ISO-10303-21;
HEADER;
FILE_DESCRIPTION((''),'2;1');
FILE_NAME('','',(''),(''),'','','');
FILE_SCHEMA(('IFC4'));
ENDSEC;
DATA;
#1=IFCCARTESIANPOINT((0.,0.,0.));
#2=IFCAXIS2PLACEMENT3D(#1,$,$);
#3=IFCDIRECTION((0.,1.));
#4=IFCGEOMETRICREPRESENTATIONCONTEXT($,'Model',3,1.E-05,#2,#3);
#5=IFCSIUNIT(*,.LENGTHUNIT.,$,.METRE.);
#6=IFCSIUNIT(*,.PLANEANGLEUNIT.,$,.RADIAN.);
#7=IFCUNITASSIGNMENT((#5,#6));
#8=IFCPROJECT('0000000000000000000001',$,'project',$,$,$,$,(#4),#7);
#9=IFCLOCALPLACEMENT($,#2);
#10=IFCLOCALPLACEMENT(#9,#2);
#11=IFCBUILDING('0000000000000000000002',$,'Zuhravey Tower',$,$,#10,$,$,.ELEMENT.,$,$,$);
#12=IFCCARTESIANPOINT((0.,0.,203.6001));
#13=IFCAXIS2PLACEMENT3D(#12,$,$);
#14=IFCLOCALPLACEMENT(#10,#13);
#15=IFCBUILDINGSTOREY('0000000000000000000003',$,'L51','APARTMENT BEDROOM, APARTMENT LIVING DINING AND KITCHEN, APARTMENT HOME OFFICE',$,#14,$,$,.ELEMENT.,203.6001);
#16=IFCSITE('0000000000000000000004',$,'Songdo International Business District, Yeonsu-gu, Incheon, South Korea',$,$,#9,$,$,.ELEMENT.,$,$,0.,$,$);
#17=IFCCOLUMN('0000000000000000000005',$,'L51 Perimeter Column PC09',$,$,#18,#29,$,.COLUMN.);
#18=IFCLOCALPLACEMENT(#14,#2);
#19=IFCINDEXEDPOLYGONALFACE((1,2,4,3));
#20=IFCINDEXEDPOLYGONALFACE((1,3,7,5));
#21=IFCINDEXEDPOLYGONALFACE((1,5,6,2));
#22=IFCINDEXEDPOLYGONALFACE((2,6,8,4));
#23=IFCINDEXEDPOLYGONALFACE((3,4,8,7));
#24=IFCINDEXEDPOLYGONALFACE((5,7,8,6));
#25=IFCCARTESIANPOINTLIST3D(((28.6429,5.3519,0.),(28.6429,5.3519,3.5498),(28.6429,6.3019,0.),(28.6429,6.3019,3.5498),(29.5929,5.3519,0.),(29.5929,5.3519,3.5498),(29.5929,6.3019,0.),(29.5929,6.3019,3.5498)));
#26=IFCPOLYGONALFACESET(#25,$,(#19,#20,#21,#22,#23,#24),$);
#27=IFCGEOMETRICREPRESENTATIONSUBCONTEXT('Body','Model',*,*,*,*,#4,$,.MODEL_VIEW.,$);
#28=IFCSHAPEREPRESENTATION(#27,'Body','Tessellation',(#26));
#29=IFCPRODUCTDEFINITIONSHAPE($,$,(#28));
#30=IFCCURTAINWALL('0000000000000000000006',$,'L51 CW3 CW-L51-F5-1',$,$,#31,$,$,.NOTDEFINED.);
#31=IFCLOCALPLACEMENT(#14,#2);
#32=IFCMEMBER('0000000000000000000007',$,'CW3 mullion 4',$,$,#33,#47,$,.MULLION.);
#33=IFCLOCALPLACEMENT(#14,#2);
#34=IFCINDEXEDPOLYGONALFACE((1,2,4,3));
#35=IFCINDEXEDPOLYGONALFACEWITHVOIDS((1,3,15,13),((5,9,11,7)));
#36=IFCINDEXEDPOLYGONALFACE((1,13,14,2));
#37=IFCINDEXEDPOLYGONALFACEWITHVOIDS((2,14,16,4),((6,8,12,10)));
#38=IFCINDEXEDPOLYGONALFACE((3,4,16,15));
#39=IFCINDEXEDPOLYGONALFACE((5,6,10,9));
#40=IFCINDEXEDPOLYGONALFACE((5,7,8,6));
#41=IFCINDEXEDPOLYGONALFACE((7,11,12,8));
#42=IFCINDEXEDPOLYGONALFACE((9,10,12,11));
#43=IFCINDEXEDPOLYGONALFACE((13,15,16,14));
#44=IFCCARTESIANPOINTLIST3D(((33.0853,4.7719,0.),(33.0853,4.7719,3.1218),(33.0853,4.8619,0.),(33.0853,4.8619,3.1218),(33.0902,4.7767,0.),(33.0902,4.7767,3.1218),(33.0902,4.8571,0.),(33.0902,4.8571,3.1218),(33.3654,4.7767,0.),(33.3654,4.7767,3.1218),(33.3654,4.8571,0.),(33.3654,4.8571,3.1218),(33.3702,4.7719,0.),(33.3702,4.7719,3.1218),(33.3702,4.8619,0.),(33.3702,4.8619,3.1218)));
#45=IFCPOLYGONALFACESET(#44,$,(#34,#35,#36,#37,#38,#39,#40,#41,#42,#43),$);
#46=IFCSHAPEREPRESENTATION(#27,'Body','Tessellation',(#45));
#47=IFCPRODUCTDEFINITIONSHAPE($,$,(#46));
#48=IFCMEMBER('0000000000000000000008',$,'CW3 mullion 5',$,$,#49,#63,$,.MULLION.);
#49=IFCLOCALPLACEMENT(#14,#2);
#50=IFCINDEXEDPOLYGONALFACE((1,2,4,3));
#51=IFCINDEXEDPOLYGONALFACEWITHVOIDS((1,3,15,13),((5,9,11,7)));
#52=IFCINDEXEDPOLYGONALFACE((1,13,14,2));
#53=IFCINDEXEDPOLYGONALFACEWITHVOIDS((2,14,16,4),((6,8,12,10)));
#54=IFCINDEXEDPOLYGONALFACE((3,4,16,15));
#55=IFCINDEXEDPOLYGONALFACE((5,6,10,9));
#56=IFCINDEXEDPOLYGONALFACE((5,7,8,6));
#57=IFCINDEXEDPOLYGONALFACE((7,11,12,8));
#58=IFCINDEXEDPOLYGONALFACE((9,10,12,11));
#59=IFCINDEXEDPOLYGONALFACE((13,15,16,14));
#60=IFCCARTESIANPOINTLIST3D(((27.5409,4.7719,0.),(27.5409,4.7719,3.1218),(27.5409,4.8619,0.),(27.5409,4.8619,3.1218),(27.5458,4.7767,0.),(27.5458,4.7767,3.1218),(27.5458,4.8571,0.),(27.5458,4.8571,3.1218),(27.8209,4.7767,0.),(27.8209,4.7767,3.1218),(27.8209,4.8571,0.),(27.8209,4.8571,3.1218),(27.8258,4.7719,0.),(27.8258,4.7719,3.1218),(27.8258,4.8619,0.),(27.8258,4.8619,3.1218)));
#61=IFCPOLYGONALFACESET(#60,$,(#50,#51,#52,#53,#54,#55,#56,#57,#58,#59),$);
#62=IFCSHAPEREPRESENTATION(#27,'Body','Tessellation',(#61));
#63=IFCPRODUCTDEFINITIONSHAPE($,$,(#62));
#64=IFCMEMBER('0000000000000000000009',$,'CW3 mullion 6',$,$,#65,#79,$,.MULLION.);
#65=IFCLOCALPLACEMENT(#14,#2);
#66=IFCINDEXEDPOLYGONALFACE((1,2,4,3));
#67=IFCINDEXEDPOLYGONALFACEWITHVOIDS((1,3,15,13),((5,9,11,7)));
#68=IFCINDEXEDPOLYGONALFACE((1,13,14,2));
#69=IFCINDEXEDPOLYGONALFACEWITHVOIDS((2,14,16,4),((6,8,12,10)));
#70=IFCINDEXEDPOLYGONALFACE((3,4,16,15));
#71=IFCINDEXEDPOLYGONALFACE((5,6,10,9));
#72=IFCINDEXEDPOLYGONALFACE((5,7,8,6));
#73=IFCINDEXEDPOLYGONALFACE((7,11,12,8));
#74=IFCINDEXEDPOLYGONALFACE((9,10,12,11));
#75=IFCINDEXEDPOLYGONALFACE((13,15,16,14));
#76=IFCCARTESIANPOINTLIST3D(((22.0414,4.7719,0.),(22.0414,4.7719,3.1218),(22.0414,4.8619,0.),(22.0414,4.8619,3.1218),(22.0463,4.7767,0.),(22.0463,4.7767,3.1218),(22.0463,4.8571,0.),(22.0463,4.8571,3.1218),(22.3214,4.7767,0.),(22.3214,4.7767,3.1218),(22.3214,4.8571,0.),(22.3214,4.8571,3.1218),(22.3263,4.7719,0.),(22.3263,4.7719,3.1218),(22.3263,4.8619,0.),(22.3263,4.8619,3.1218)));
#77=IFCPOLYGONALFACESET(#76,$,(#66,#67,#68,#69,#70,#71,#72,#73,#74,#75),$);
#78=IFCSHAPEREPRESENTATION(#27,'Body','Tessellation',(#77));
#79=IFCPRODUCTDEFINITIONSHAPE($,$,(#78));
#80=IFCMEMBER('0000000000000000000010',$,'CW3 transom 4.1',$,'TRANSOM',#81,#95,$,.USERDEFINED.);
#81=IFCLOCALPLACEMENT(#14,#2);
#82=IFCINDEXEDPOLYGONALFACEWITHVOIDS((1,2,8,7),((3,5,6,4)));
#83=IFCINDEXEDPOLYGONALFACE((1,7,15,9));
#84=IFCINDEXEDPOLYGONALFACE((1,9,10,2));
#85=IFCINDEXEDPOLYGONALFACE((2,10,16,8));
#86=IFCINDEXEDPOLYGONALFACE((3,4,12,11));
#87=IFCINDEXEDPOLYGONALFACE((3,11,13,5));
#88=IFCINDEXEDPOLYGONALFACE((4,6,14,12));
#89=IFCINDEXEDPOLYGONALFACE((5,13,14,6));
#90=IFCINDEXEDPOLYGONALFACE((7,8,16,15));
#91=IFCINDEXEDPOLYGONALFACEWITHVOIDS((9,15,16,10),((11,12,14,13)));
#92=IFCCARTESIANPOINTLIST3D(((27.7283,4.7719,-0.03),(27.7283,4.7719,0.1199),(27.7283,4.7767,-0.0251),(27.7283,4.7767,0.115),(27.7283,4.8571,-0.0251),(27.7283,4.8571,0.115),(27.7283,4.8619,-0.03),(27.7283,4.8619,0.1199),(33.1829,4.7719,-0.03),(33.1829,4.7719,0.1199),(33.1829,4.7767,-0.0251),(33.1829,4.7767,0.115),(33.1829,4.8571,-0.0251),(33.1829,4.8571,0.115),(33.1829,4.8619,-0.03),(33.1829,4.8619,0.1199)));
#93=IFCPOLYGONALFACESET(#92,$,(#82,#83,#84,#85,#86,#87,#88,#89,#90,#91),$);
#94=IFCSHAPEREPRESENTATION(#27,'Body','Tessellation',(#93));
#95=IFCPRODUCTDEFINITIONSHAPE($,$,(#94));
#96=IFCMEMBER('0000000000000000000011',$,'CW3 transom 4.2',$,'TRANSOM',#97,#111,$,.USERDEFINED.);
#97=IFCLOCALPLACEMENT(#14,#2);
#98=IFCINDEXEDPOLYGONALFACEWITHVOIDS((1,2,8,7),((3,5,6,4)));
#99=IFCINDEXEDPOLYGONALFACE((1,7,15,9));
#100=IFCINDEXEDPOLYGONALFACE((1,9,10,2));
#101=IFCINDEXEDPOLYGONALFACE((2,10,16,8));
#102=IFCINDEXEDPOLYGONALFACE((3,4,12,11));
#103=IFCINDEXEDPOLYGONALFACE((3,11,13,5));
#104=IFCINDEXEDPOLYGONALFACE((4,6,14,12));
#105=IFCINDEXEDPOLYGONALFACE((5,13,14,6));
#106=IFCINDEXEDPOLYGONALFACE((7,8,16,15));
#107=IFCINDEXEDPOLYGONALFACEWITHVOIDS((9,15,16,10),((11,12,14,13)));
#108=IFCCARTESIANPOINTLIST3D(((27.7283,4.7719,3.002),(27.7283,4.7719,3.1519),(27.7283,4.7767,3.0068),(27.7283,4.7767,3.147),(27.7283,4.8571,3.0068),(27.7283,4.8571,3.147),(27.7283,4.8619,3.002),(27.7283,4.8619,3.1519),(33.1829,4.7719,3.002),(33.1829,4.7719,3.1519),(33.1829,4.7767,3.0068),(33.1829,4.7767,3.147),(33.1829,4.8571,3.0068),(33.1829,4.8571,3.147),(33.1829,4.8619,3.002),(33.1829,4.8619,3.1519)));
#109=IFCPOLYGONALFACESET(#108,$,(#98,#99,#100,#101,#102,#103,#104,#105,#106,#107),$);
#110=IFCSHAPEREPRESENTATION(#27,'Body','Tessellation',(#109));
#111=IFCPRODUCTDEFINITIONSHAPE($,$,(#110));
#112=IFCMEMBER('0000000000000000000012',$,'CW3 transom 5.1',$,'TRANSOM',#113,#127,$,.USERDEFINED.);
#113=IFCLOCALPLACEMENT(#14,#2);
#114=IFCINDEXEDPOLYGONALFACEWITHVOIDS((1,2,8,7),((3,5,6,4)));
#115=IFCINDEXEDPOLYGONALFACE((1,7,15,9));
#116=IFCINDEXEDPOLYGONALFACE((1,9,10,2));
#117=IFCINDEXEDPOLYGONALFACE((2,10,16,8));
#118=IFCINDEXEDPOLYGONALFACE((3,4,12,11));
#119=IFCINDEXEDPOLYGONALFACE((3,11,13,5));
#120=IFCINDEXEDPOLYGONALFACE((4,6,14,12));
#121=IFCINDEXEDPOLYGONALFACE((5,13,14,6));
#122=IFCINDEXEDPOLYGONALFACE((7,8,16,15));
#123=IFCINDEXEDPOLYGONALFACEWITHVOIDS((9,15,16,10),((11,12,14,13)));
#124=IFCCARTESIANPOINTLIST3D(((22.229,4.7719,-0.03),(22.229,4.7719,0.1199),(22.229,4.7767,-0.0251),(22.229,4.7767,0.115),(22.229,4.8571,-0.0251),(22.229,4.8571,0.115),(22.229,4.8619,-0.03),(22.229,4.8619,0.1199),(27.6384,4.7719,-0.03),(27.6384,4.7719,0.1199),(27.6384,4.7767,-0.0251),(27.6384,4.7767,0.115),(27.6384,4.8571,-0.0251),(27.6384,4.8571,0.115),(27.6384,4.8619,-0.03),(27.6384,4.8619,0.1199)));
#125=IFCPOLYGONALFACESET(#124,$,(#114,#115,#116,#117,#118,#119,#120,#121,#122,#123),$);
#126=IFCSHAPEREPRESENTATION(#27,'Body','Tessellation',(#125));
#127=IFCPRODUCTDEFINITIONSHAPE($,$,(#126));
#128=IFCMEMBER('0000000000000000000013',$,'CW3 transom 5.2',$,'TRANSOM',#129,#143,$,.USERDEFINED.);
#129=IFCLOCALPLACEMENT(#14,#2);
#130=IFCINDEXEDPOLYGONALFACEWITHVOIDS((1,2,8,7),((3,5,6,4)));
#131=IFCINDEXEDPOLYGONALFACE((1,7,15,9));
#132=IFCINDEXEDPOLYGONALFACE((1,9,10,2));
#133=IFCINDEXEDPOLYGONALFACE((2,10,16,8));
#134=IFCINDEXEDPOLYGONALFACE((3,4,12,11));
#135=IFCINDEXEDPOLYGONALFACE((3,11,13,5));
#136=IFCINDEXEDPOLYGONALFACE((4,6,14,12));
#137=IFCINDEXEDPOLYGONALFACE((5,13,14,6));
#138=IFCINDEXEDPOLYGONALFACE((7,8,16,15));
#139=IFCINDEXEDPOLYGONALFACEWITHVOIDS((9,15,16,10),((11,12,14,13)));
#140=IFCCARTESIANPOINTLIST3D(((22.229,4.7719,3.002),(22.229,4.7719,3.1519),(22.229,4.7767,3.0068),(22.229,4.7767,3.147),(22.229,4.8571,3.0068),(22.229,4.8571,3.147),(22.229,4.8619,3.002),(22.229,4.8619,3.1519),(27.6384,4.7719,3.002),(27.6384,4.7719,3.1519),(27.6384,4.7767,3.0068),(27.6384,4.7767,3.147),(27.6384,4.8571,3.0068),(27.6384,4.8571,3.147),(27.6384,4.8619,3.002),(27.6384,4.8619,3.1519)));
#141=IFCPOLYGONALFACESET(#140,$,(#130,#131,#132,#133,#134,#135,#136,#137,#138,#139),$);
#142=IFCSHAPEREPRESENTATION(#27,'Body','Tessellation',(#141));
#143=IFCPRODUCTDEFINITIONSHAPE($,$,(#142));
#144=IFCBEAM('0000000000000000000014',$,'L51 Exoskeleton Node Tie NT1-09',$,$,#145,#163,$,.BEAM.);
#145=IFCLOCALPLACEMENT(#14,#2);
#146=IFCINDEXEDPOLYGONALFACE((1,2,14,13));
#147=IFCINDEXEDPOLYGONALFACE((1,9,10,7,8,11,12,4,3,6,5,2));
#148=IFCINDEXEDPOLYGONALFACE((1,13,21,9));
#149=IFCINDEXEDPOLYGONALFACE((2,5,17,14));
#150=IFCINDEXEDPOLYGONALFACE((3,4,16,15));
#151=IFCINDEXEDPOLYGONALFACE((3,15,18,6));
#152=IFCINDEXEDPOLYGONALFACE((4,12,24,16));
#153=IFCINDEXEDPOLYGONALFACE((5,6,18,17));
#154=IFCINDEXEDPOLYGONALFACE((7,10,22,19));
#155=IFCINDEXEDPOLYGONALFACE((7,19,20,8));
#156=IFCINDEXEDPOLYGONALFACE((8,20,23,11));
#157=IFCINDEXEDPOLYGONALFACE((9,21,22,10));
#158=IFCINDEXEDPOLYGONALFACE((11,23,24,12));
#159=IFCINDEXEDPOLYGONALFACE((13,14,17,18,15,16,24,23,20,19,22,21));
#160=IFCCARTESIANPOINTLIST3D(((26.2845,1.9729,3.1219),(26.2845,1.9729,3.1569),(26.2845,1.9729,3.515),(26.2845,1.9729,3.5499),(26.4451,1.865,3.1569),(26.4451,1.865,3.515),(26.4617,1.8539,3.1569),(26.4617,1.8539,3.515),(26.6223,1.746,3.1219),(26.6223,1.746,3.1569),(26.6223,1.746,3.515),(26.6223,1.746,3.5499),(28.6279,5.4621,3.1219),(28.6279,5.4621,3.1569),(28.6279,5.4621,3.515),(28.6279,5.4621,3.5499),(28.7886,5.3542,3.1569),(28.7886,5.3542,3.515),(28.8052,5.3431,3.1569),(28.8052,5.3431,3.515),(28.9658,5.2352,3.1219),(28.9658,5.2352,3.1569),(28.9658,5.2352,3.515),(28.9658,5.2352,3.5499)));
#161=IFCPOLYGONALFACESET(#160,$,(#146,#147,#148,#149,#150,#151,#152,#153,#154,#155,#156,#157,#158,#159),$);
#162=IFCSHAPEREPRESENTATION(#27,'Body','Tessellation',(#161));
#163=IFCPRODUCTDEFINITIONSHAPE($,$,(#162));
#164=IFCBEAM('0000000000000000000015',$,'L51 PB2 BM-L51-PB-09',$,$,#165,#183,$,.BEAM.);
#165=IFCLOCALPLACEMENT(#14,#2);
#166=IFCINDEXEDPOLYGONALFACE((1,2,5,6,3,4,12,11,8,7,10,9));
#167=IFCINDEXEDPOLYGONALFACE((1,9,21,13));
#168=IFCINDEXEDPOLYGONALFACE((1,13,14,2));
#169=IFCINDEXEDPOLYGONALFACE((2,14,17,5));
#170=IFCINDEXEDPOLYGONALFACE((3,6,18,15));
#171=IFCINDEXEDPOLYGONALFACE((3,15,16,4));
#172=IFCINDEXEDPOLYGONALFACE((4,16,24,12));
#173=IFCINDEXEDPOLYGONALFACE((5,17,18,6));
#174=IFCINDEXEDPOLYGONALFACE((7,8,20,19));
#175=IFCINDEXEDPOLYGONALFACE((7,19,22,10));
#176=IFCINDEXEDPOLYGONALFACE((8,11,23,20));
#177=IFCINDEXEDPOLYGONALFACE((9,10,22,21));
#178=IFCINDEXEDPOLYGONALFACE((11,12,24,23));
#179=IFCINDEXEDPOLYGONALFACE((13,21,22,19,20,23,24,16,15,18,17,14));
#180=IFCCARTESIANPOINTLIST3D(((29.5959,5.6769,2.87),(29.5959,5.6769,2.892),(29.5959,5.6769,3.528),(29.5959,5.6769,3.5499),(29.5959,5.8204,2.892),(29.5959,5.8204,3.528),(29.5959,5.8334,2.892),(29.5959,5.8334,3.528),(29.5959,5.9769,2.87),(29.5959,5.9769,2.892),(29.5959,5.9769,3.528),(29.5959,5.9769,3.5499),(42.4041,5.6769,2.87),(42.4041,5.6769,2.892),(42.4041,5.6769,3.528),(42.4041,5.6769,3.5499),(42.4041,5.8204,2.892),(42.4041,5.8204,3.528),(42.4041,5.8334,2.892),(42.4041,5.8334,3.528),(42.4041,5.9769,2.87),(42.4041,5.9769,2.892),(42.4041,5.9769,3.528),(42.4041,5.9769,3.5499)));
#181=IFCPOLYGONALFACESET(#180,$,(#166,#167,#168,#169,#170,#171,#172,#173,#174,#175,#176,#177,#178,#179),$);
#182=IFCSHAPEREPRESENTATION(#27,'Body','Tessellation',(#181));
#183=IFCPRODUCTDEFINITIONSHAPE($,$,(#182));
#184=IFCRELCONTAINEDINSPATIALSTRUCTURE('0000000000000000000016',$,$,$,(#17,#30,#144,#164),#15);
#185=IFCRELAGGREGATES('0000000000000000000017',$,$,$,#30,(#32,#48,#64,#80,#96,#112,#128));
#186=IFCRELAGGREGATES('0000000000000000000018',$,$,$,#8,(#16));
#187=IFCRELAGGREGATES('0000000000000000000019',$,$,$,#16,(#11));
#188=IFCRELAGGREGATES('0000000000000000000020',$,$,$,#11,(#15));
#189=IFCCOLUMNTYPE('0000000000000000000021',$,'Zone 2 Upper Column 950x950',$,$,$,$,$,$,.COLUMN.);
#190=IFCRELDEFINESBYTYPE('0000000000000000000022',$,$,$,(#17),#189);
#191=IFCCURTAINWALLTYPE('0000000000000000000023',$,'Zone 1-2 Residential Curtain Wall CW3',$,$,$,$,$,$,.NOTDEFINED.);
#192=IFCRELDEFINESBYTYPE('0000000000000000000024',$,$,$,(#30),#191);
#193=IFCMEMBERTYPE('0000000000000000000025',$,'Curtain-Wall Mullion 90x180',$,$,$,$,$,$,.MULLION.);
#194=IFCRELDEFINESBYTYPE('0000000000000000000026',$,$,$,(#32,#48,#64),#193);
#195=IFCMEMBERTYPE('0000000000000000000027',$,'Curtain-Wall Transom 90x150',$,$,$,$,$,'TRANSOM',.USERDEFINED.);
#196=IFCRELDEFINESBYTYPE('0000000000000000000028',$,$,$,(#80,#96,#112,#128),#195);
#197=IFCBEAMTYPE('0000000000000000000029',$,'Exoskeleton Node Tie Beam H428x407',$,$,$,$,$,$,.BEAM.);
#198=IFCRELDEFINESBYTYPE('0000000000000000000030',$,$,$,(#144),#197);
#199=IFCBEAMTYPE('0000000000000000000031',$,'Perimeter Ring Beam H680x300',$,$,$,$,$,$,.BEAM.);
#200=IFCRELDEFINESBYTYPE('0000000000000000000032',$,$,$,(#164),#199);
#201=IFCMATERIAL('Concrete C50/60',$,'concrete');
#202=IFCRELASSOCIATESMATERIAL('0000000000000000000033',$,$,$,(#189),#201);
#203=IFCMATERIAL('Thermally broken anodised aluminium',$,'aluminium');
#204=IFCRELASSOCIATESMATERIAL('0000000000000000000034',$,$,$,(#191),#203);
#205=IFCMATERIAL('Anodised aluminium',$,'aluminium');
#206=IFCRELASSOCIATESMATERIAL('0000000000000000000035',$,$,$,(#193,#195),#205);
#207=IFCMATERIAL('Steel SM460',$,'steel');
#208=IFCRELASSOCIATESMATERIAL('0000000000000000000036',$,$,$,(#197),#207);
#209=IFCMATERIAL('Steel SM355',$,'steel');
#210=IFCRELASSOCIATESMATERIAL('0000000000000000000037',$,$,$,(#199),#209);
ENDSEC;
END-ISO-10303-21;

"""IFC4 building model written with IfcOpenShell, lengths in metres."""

from ifc_helpers import new_model, si_unit, direction, frame, origin, origin_2d, place, context, subcontext, project, spatial, rectangle, hollow_rectangle, i_section, extrude, material, material_profile, profile_set, type_object, element, aggregate, save


model = new_model("IFC4")

# Units and contexts
model_context = context("Model", 3, precision=1e-05, world=origin(), true_north=direction((0.0, 1.0)))
body_context = subcontext(model_context, "Body", "Model", "MODEL_VIEW")
ifc_project = project(units=[si_unit("LENGTHUNIT", "METRE"), si_unit("PLANEANGLEUNIT", "RADIAN")], contexts=[model_context])

# Site, building, storey
site_placement = place(None, origin())
site = spatial("IfcSite", under=ifc_project, at=site_placement, Name="Songdo International Business District, Yeonsu-gu, Incheon, South Korea", CompositionType="ELEMENT", RefElevation=0.0)
building_placement = place(site_placement, origin())
building = spatial("IfcBuilding", under=site, at=building_placement, Name="Zuhravey Tower", CompositionType="ELEMENT")
storey_placement = place(building_placement, frame((0.0, 0.0, 203.6001)))
storey = spatial("IfcBuildingStorey", under=building, at=storey_placement, Name="L51", Description="APARTMENT BEDROOM, APARTMENT LIVING DINING AND KITCHEN, APARTMENT HOME OFFICE", CompositionType="ELEMENT", Elevation=203.6001)

# Column
ifc_material_1 = material(Name="Concrete C50/60", Category="concrete")
ifc_material_profile_1 = material_profile(ifc_material_1, rectangle(XDim=0.95, YDim=0.95, at=origin_2d()), Name="RC-950x950")
ifc_profile_set_1 = profile_set([ifc_material_profile_1], Name="Concrete C50/60")
column_type = type_object("IfcColumnType", Name="Zone 2 Upper Column 950x950", PredefinedType="COLUMN", material=ifc_profile_set_1)
column_placement = place(storey_placement, frame((29.1179, 5.8269, 0.0), z_axis=(0.0, 0.0, 1.0), x_axis=(1.0, 0.0, 0.0)))
element("IfcColumn", 1, at=column_placement, inside=storey, type_object=column_type, Name="L51 Perimeter Column PC09", PredefinedType="COLUMN", context=body_context, shape_type="SweptSolid", body=[
    extrude(rectangle(XDim=0.95, YDim=0.95, at=origin_2d()), origin(), (0.0, 0.0, 1.0), 3.5498),
])

# Curtain wall, members
ifc_material_2 = material(Name="Thermally broken anodised aluminium", Category="aluminium")
curtain_wall_type = type_object("IfcCurtainWallType", Name="Zone 1-2 Residential Curtain Wall CW3", PredefinedType="NOTDEFINED", material=ifc_material_2)
curtain_wall_placement = place(storey_placement, origin())
curtain_wall = element("IfcCurtainWall", 2, at=curtain_wall_placement, inside=storey, type_object=curtain_wall_type, Name="L51 CW3 CW-L51-F5-1", PredefinedType="NOTDEFINED")
ifc_material_3 = material(Name="Anodised aluminium", Category="aluminium")
ifc_material_profile_2 = material_profile(ifc_material_3, hollow_rectangle(XDim=0.0901, YDim=0.2849, WallThickness=0.0049, at=origin_2d()), Name="ALU-RHS-90x285x5")
ifc_profile_set_2 = profile_set([ifc_material_profile_2], Name="Anodised aluminium")
member_type_1 = type_object("IfcMemberType", Name="Curtain-Wall Mullion 90x180", PredefinedType="MULLION", material=ifc_profile_set_2)
member_1_placement = place(storey_placement, frame((33.2278, 4.8169, 0.0), z_axis=(0.0, 0.0, 1.0), x_axis=(0.0, -1.0, 0.0)))
member_1 = element("IfcMember", 3, at=member_1_placement, type_object=member_type_1, Name="CW3 mullion 4", PredefinedType="MULLION", context=body_context, shape_type="SweptSolid", body=[
    extrude(hollow_rectangle(XDim=0.0901, YDim=0.2849, WallThickness=0.0049, at=origin_2d()), origin(), (0.0, 0.0, 1.0), 3.1218),
])
member_2_placement = place(storey_placement, frame((27.6833, 4.8169, 0.0), z_axis=(0.0, 0.0, 1.0), x_axis=(0.0, -1.0, 0.0)))
member_2 = element("IfcMember", 4, at=member_2_placement, type_object=member_type_1, Name="CW3 mullion 5", PredefinedType="MULLION", context=body_context, shape_type="SweptSolid", body=[
    extrude(hollow_rectangle(XDim=0.0901, YDim=0.2849, WallThickness=0.0049, at=origin_2d()), origin(), (0.0, 0.0, 1.0), 3.1218),
])
member_3_placement = place(storey_placement, frame((22.1838, 4.8169, 0.0), z_axis=(0.0, 0.0, 1.0), x_axis=(0.0, -1.0, 0.0)))
member_3 = element("IfcMember", 5, at=member_3_placement, type_object=member_type_1, Name="CW3 mullion 6", PredefinedType="MULLION", context=body_context, shape_type="SweptSolid", body=[
    extrude(hollow_rectangle(XDim=0.0901, YDim=0.2849, WallThickness=0.0049, at=origin_2d()), origin(), (0.0, 0.0, 1.0), 3.1218),
])
ifc_material_profile_3 = material_profile(ifc_material_3, hollow_rectangle(XDim=0.0901, YDim=0.1499, WallThickness=0.0049, at=origin_2d()), Name="ALU-RHS-90x150x5")
ifc_profile_set_3 = profile_set([ifc_material_profile_3], Name="Anodised aluminium")
member_type_2 = type_object("IfcMemberType", Name="Curtain-Wall Transom 90x150", ElementType="TRANSOM", PredefinedType="USERDEFINED", material=ifc_profile_set_3)
member_4_placement = place(storey_placement, frame((33.1829, 4.8169, 0.0449), z_axis=(-1.0, 0.0, 0.0), x_axis=(0.0, -1.0, 0.0)))
member_4 = element("IfcMember", 6, at=member_4_placement, type_object=member_type_2, Name="CW3 transom 4.1", ObjectType="TRANSOM", PredefinedType="USERDEFINED", context=body_context, shape_type="SweptSolid", body=[
    extrude(hollow_rectangle(XDim=0.0901, YDim=0.1499, WallThickness=0.0049, at=origin_2d()), origin(), (0.0, 0.0, 1.0), 5.4546),
])
member_5_placement = place(storey_placement, frame((33.1829, 4.8169, 3.0769), z_axis=(-1.0, 0.0, 0.0), x_axis=(0.0, -1.0, 0.0)))
member_5 = element("IfcMember", 7, at=member_5_placement, type_object=member_type_2, Name="CW3 transom 4.2", ObjectType="TRANSOM", PredefinedType="USERDEFINED", context=body_context, shape_type="SweptSolid", body=[
    extrude(hollow_rectangle(XDim=0.0901, YDim=0.1499, WallThickness=0.0049, at=origin_2d()), origin(), (0.0, 0.0, 1.0), 5.4546),
])
member_6_placement = place(storey_placement, frame((27.6384, 4.8169, 0.0449), z_axis=(-1.0, 0.0, 0.0), x_axis=(0.0, -1.0, 0.0)))
member_6 = element("IfcMember", 8, at=member_6_placement, type_object=member_type_2, Name="CW3 transom 5.1", ObjectType="TRANSOM", PredefinedType="USERDEFINED", context=body_context, shape_type="SweptSolid", body=[
    extrude(hollow_rectangle(XDim=0.0901, YDim=0.1499, WallThickness=0.0049, at=origin_2d()), origin(), (0.0, 0.0, 1.0), 5.4094),
])
member_7_placement = place(storey_placement, frame((27.6384, 4.8169, 3.0769), z_axis=(-1.0, 0.0, 0.0), x_axis=(0.0, -1.0, 0.0)))
member_7 = element("IfcMember", 9, at=member_7_placement, type_object=member_type_2, Name="CW3 transom 5.2", ObjectType="TRANSOM", PredefinedType="USERDEFINED", context=body_context, shape_type="SweptSolid", body=[
    extrude(hollow_rectangle(XDim=0.0901, YDim=0.1499, WallThickness=0.0049, at=origin_2d()), origin(), (0.0, 0.0, 1.0), 5.4094),
])

# Beams
ifc_material_4 = material(Name="Steel SM460", Category="steel")
ifc_material_profile_4 = material_profile(ifc_material_4, i_section(OverallWidth=0.407, OverallDepth=0.428, WebThickness=0.02, FlangeThickness=0.0349, at=origin_2d()), Name="H-428x407x20x35")
ifc_profile_set_4 = profile_set([ifc_material_profile_4], Name="Steel SM460")
beam_type_1 = type_object("IfcBeamType", Name="Exoskeleton Node Tie Beam H428x407", PredefinedType="BEAM", material=ifc_profile_set_4)
beam_1_placement = place(storey_placement, frame((28.7969, 5.3486, 3.3359), z_axis=(-0.557552, -0.830142, 0.0), x_axis=(0.830142, -0.557552, 0.0)))
element("IfcBeam", 10, at=beam_1_placement, inside=storey, type_object=beam_type_1, Name="L51 Exoskeleton Node Tie NT1-09", PredefinedType="BEAM", context=body_context, shape_type="SweptSolid", body=[
    extrude(i_section(OverallWidth=0.407, OverallDepth=0.428, WebThickness=0.02, FlangeThickness=0.0349, at=origin_2d()), origin(), (0.0, 0.0, 1.0), 4.2031),
])
ifc_material_5 = material(Name="Steel SM355", Category="steel")
ifc_material_profile_5 = material_profile(ifc_material_5, i_section(OverallWidth=0.3, OverallDepth=0.6799, WebThickness=0.0129, FlangeThickness=0.022, at=origin_2d()), Name="H-680x300x13x22")
ifc_profile_set_5 = profile_set([ifc_material_profile_5], Name="Steel SM355")
beam_type_2 = type_object("IfcBeamType", Name="Perimeter Ring Beam H680x300", PredefinedType="BEAM", material=ifc_profile_set_5)
beam_2_placement = place(storey_placement, frame((29.5959, 5.8269, 3.21), z_axis=(1.0, 0.0, 0.0), x_axis=(0.0, 1.0, 0.0)))
element("IfcBeam", 11, at=beam_2_placement, inside=storey, type_object=beam_type_2, Name="L51 PB2 BM-L51-PB-09", PredefinedType="BEAM", context=body_context, shape_type="SweptSolid", body=[
    extrude(i_section(OverallWidth=0.3, OverallDepth=0.6799, WebThickness=0.0129, FlangeThickness=0.022, at=origin_2d()), origin(), (0.0, 0.0, 1.0), 12.8081),
])

aggregate(curtain_wall, [member_1, member_2, member_3, member_4, member_5, member_6, member_7])

save(model, "model.ifc")
